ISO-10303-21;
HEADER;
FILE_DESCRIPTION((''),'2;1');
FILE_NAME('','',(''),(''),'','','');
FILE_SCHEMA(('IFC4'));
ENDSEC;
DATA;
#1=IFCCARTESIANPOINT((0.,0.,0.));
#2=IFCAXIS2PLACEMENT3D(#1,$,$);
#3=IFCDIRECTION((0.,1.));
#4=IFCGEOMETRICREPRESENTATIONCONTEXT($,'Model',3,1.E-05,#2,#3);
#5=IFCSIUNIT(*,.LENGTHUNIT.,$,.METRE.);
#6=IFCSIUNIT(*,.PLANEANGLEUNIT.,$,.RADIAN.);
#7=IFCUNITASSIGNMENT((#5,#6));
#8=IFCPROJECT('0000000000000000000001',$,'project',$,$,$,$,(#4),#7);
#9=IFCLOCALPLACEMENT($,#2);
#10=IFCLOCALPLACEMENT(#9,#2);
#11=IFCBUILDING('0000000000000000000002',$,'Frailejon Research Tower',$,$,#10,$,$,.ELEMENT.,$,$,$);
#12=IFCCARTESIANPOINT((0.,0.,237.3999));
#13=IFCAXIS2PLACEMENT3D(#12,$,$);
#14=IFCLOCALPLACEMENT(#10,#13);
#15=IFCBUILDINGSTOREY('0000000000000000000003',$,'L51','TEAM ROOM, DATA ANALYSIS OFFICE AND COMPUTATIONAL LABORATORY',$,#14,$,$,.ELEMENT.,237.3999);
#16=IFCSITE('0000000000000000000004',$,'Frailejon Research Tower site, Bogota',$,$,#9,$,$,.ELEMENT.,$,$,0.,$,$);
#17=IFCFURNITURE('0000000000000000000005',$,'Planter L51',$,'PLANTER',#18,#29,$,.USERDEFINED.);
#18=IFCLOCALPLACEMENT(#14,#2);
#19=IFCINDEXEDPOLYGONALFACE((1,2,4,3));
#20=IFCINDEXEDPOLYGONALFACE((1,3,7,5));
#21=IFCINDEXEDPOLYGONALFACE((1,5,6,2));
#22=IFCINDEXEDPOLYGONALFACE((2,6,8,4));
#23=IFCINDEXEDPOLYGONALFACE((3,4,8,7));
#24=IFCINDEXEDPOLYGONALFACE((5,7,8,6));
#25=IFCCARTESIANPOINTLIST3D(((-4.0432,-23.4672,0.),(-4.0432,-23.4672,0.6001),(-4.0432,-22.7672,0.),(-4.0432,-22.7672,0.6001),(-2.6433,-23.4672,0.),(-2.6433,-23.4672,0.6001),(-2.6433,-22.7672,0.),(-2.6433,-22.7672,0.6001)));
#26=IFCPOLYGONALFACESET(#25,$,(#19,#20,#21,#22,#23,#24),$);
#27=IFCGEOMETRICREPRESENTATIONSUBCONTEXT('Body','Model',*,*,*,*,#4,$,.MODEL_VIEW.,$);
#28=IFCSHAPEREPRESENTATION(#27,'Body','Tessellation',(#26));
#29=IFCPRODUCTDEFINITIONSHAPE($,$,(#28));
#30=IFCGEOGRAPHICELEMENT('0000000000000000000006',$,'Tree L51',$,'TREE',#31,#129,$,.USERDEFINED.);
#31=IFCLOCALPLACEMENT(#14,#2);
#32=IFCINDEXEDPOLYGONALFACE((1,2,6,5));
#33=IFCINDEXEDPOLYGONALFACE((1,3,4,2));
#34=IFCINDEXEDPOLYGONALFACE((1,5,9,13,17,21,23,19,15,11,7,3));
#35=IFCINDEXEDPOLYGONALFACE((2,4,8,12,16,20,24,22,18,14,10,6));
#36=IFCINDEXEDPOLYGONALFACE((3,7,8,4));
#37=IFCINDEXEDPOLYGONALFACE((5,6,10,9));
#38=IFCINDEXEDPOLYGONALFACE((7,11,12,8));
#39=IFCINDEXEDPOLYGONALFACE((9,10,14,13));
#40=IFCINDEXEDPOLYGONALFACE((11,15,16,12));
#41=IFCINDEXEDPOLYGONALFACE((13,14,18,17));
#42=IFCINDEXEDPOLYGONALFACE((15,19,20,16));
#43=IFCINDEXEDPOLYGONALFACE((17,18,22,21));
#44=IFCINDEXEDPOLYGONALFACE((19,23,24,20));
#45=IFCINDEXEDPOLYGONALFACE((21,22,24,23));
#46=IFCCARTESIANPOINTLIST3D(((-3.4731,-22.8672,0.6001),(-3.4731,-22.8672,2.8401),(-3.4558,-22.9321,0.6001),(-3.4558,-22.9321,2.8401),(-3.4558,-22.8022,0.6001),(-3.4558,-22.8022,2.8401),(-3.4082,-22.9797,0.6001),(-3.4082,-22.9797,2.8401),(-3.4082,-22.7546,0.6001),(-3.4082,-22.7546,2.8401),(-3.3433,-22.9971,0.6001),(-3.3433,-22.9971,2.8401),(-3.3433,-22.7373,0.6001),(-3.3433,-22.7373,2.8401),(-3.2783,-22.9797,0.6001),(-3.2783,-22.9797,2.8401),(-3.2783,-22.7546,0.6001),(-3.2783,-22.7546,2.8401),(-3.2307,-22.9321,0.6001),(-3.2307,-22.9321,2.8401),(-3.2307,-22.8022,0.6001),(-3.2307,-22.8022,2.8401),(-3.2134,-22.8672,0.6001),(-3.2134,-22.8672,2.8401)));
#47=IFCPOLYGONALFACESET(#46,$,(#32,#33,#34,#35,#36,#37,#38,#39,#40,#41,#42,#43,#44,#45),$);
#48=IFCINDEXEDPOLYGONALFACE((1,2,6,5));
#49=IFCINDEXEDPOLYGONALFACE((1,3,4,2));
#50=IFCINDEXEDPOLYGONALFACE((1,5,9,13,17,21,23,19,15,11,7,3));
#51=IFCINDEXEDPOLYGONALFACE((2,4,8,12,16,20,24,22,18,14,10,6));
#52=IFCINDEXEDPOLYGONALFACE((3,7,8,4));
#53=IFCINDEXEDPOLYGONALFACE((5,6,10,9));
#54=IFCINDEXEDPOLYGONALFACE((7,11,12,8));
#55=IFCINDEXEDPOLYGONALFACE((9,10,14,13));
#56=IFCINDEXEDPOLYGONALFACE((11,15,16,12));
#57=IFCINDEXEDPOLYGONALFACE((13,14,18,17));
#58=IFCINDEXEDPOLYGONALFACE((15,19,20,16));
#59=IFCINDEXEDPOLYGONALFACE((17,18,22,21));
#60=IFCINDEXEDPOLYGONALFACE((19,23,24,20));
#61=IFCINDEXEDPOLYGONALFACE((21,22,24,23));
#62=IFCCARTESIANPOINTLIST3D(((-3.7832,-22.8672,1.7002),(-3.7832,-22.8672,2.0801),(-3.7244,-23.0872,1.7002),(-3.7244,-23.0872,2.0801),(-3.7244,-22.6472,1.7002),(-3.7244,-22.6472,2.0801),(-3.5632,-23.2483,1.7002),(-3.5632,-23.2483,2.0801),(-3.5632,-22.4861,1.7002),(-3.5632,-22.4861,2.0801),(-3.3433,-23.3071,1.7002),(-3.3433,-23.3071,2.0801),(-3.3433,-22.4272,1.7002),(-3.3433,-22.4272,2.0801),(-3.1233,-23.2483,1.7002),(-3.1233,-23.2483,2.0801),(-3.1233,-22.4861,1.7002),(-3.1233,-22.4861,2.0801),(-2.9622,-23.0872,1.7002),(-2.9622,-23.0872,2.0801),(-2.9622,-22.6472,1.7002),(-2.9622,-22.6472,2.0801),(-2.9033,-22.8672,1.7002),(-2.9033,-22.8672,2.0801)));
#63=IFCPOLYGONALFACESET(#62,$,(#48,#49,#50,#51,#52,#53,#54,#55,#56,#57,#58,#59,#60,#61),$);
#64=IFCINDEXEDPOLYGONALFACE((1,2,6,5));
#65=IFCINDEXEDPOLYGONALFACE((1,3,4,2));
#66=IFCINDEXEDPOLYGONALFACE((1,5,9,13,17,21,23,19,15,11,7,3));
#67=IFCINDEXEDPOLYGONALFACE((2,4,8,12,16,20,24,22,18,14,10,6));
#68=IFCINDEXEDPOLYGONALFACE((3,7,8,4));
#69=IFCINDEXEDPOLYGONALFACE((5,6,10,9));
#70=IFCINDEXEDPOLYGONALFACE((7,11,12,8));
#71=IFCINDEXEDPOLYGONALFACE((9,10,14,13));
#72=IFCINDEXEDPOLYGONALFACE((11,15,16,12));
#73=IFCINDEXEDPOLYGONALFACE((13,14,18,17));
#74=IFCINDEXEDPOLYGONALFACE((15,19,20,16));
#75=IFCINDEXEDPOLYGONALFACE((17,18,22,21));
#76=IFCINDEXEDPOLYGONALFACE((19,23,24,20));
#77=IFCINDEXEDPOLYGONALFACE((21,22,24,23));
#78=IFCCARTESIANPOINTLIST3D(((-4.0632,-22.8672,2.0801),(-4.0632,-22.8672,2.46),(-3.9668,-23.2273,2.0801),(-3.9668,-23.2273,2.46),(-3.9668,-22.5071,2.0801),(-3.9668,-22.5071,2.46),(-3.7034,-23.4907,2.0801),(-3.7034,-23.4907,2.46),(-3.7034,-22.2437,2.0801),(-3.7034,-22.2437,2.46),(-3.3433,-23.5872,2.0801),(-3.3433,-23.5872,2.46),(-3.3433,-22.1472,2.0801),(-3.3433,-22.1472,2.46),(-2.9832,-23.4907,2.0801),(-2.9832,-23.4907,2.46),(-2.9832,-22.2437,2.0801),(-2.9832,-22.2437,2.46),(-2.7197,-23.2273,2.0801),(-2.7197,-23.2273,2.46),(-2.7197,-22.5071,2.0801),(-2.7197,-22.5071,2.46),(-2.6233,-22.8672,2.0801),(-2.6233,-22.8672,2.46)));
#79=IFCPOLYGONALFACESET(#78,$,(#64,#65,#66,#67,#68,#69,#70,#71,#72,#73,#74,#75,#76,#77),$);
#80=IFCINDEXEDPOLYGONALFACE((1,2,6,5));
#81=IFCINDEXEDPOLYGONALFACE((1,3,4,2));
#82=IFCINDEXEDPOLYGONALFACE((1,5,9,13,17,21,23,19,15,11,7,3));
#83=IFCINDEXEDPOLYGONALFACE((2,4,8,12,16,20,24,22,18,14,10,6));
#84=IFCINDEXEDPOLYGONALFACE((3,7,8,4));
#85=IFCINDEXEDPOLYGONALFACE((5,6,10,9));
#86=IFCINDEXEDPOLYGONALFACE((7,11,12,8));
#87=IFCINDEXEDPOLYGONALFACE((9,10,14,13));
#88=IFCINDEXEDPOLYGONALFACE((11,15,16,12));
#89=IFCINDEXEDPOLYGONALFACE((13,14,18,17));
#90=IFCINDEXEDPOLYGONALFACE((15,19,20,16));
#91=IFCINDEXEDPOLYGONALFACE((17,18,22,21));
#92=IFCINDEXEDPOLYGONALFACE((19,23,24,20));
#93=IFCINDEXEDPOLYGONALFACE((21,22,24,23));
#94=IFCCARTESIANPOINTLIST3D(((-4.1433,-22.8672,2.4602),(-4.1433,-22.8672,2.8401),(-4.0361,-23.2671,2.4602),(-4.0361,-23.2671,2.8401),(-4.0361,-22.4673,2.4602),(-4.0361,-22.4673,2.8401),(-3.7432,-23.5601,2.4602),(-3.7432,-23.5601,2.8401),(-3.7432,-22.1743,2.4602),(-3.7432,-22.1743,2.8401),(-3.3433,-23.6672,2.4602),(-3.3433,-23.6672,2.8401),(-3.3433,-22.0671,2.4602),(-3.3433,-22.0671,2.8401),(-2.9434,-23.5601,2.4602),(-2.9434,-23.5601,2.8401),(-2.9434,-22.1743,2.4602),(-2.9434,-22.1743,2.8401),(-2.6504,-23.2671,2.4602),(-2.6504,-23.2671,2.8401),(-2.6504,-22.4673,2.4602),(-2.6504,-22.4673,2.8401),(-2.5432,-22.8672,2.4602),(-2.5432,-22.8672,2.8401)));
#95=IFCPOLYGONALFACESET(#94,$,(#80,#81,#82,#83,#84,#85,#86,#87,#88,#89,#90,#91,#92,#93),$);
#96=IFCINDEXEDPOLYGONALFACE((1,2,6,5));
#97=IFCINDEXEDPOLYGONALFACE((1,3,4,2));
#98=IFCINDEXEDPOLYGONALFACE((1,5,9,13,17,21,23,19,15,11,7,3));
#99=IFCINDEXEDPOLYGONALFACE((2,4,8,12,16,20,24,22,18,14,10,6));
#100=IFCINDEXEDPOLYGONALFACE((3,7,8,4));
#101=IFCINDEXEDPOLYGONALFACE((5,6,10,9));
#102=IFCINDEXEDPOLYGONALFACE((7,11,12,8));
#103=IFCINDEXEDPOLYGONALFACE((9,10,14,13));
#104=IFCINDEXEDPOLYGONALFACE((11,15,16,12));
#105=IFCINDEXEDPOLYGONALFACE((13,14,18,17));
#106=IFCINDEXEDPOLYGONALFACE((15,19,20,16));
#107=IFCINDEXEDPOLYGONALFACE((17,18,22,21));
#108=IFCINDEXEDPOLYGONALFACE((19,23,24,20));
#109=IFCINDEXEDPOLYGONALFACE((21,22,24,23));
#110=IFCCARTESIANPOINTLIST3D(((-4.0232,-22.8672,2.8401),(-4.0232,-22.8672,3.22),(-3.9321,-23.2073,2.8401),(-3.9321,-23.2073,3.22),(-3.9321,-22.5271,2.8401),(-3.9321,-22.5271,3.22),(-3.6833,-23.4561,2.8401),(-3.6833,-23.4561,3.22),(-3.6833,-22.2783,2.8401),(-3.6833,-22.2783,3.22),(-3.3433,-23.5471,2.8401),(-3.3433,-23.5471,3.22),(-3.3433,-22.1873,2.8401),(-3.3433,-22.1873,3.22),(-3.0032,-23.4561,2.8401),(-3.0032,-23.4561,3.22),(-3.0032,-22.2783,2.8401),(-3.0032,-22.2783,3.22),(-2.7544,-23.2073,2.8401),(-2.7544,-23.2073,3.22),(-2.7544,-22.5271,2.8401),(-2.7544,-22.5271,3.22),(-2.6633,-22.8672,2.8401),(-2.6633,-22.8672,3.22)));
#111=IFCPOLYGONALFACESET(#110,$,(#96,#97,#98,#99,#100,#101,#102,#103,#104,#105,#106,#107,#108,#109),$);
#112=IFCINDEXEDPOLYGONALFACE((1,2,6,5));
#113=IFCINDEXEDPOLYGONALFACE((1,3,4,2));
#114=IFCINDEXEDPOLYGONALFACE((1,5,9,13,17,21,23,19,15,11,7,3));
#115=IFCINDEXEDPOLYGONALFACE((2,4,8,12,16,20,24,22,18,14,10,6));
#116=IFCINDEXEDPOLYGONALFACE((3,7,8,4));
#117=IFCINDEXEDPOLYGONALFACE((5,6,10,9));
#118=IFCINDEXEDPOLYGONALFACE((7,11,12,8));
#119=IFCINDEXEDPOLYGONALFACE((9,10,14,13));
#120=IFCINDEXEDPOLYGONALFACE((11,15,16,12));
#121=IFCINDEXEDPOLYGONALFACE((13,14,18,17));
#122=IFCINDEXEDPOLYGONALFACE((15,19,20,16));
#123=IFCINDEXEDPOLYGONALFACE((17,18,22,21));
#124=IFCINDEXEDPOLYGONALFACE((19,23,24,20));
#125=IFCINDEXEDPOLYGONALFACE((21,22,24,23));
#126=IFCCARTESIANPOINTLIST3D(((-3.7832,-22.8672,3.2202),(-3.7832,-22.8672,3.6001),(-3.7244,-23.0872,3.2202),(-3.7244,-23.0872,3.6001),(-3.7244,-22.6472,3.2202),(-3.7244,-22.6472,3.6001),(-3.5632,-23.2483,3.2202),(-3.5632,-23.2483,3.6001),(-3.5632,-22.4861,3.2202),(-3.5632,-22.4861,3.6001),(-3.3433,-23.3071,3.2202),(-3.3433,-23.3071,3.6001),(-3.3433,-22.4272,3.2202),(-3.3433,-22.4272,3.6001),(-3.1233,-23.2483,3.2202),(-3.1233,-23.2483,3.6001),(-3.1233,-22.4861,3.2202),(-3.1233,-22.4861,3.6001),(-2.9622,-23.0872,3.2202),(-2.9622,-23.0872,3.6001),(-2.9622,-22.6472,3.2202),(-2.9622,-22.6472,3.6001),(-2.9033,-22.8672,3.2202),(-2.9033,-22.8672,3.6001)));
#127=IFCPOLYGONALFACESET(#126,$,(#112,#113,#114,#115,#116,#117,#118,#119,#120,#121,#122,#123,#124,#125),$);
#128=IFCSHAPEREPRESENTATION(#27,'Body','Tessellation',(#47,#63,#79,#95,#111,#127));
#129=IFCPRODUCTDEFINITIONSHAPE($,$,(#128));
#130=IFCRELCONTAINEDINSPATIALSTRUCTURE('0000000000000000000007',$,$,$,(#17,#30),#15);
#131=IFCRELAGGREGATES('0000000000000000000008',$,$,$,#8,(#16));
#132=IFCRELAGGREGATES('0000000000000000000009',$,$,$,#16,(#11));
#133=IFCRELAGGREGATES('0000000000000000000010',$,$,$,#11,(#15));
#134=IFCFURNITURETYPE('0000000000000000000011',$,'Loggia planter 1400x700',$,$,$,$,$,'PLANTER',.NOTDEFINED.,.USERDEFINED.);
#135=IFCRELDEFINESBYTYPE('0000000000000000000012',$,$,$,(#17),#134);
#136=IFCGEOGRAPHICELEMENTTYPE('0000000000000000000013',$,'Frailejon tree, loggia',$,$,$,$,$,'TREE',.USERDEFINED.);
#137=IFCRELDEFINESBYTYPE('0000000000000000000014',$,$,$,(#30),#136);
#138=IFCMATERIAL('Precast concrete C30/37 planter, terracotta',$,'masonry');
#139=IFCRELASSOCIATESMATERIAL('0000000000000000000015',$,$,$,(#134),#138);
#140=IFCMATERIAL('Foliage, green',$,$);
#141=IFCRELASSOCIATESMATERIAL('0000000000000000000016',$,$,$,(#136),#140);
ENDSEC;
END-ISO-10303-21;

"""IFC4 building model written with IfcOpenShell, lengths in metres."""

from ifc_helpers import new_model, si_unit, direction, frame, origin, origin_2d, place, context, subcontext, project, spatial, polyline, rectangle, outline, extrude, material, type_object, element, save


model = new_model("IFC4")

# Units and contexts
model_context = context("Model", 3, precision=1e-05, world=origin(), true_north=direction((0.0, 1.0)))
body_context = subcontext(model_context, "Body", "Model", "MODEL_VIEW")
ifc_project = project(units=[si_unit("LENGTHUNIT", "METRE"), si_unit("PLANEANGLEUNIT", "RADIAN")], contexts=[model_context])

# Site, building, storey
site_placement = place(None, origin())
site = spatial("IfcSite", under=ifc_project, at=site_placement, Name="Frailejon Research Tower site, Bogota", CompositionType="ELEMENT", RefElevation=0.0)
building_placement = place(site_placement, origin())
building = spatial("IfcBuilding", under=site, at=building_placement, Name="Frailejon Research Tower", CompositionType="ELEMENT")
storey_placement = place(building_placement, frame((0.0, 0.0, 237.3999)))
storey = spatial("IfcBuildingStorey", under=building, at=storey_placement, Name="L51", Description="TEAM ROOM, DATA ANALYSIS OFFICE AND COMPUTATIONAL LABORATORY", CompositionType="ELEMENT", Elevation=237.3999)

# Furniture
ifc_material_1 = material(Name="Precast concrete C30/37 planter, terracotta", Category="masonry")
furniture_type = type_object("IfcFurnitureType", Name="Loggia planter 1400x700", ElementType="PLANTER", AssemblyPlace="NOTDEFINED", PredefinedType="USERDEFINED", material=ifc_material_1)
furniture_placement = place(storey_placement, frame((-3.3433, -23.1172, 0.0), z_axis=(0.0, 0.0, 1.0), x_axis=(1.0, 0.0, 0.0)))
element("IfcFurniture", 1, at=furniture_placement, inside=storey, type_object=furniture_type, Name="Planter L51", ObjectType="PLANTER", PredefinedType="USERDEFINED", context=body_context, shape_type="SweptSolid", body=[
    extrude(rectangle(XDim=1.3999, YDim=0.7, at=origin_2d()), origin(), (0.0, 0.0, 1.0), 0.6001),
])

# Geographic element
ifc_material_2 = material(Name="Foliage, green")
geographic_element_type = type_object("IfcGeographicElementType", Name="Frailejon tree, loggia", ElementType="TREE", PredefinedType="USERDEFINED", material=ifc_material_2)
geographic_element_placement = place(storey_placement, frame((-3.3433, -22.8672, 0.6001)))
element("IfcGeographicElement", 2, at=geographic_element_placement, inside=storey, type_object=geographic_element_type, Name="Tree L51", ObjectType="TREE", PredefinedType="USERDEFINED", context=body_context, shape_type="SweptSolid", body=[
    extrude(outline(polyline([(0.1299, 0.0), (0.1125, 0.0649), (0.0649, 0.1125), (0.0, 0.1299), (-0.0649, 0.1125), (-0.1125, 0.0649), (-0.1299, 0.0), (-0.1125, -0.0649), (-0.0649, -0.1125), (0.0, -0.1299), (0.0649, -0.1125), (0.1125, -0.0649), (0.1299, 0.0)])), origin(), (0.0, 0.0, 1.0), 2.24),
    extrude(outline(polyline([(0.4399, 0.0), (0.3811, 0.22), (0.22, 0.3811), (0.0, 0.4399), (-0.22, 0.3811), (-0.3811, 0.22), (-0.4399, 0.0), (-0.3811, -0.22), (-0.22, -0.3811), (0.0, -0.4399), (0.22, -0.3811), (0.3811, -0.22), (0.4399, 0.0)])), frame((0.0, 0.0, 1.1001)), (0.0, 0.0, 1.0), 0.3799),
    extrude(outline(polyline([(0.72, 0.0), (0.6235, 0.3601), (0.3601, 0.6235), (0.0, 0.72), (-0.3601, 0.6235), (-0.6235, 0.3601), (-0.72, 0.0), (-0.6235, -0.3601), (-0.3601, -0.6235), (0.0, -0.72), (0.3601, -0.6235), (0.6235, -0.3601), (0.72, 0.0)])), frame((0.0, 0.0, 1.48)), (0.0, 0.0, 1.0), 0.3799),
    extrude(outline(polyline([(0.8, 0.0), (0.6929, 0.3999), (0.3999, 0.6929), (0.0, 0.8), (-0.3999, 0.6929), (-0.6929, 0.3999), (-0.8, 0.0), (-0.6929, -0.3999), (-0.3999, -0.6929), (0.0, -0.8), (0.3999, -0.6929), (0.6929, -0.3999), (0.8, 0.0)])), frame((0.0, 0.0, 1.8601)), (0.0, 0.0, 1.0), 0.3799),
    extrude(outline(polyline([(0.6799, 0.0), (0.5889, 0.3401), (0.3401, 0.5889), (0.0, 0.6799), (-0.3401, 0.5889), (-0.5889, 0.3401), (-0.6799, 0.0), (-0.5889, -0.3401), (-0.3401, -0.5889), (0.0, -0.6799), (0.3401, -0.5889), (0.5889, -0.3401), (0.6799, 0.0)])), frame((0.0, 0.0, 2.24)), (0.0, 0.0, 1.0), 0.3799),
    extrude(outline(polyline([(0.4399, 0.0), (0.3811, 0.22), (0.22, 0.3811), (0.0, 0.4399), (-0.22, 0.3811), (-0.3811, 0.22), (-0.4399, 0.0), (-0.3811, -0.22), (-0.22, -0.3811), (0.0, -0.4399), (0.22, -0.3811), (0.3811, -0.22), (0.4399, 0.0)])), frame((0.0, 0.0, 2.6201)), (0.0, 0.0, 1.0), 0.3799),
])

save(model, "model.ifc")
